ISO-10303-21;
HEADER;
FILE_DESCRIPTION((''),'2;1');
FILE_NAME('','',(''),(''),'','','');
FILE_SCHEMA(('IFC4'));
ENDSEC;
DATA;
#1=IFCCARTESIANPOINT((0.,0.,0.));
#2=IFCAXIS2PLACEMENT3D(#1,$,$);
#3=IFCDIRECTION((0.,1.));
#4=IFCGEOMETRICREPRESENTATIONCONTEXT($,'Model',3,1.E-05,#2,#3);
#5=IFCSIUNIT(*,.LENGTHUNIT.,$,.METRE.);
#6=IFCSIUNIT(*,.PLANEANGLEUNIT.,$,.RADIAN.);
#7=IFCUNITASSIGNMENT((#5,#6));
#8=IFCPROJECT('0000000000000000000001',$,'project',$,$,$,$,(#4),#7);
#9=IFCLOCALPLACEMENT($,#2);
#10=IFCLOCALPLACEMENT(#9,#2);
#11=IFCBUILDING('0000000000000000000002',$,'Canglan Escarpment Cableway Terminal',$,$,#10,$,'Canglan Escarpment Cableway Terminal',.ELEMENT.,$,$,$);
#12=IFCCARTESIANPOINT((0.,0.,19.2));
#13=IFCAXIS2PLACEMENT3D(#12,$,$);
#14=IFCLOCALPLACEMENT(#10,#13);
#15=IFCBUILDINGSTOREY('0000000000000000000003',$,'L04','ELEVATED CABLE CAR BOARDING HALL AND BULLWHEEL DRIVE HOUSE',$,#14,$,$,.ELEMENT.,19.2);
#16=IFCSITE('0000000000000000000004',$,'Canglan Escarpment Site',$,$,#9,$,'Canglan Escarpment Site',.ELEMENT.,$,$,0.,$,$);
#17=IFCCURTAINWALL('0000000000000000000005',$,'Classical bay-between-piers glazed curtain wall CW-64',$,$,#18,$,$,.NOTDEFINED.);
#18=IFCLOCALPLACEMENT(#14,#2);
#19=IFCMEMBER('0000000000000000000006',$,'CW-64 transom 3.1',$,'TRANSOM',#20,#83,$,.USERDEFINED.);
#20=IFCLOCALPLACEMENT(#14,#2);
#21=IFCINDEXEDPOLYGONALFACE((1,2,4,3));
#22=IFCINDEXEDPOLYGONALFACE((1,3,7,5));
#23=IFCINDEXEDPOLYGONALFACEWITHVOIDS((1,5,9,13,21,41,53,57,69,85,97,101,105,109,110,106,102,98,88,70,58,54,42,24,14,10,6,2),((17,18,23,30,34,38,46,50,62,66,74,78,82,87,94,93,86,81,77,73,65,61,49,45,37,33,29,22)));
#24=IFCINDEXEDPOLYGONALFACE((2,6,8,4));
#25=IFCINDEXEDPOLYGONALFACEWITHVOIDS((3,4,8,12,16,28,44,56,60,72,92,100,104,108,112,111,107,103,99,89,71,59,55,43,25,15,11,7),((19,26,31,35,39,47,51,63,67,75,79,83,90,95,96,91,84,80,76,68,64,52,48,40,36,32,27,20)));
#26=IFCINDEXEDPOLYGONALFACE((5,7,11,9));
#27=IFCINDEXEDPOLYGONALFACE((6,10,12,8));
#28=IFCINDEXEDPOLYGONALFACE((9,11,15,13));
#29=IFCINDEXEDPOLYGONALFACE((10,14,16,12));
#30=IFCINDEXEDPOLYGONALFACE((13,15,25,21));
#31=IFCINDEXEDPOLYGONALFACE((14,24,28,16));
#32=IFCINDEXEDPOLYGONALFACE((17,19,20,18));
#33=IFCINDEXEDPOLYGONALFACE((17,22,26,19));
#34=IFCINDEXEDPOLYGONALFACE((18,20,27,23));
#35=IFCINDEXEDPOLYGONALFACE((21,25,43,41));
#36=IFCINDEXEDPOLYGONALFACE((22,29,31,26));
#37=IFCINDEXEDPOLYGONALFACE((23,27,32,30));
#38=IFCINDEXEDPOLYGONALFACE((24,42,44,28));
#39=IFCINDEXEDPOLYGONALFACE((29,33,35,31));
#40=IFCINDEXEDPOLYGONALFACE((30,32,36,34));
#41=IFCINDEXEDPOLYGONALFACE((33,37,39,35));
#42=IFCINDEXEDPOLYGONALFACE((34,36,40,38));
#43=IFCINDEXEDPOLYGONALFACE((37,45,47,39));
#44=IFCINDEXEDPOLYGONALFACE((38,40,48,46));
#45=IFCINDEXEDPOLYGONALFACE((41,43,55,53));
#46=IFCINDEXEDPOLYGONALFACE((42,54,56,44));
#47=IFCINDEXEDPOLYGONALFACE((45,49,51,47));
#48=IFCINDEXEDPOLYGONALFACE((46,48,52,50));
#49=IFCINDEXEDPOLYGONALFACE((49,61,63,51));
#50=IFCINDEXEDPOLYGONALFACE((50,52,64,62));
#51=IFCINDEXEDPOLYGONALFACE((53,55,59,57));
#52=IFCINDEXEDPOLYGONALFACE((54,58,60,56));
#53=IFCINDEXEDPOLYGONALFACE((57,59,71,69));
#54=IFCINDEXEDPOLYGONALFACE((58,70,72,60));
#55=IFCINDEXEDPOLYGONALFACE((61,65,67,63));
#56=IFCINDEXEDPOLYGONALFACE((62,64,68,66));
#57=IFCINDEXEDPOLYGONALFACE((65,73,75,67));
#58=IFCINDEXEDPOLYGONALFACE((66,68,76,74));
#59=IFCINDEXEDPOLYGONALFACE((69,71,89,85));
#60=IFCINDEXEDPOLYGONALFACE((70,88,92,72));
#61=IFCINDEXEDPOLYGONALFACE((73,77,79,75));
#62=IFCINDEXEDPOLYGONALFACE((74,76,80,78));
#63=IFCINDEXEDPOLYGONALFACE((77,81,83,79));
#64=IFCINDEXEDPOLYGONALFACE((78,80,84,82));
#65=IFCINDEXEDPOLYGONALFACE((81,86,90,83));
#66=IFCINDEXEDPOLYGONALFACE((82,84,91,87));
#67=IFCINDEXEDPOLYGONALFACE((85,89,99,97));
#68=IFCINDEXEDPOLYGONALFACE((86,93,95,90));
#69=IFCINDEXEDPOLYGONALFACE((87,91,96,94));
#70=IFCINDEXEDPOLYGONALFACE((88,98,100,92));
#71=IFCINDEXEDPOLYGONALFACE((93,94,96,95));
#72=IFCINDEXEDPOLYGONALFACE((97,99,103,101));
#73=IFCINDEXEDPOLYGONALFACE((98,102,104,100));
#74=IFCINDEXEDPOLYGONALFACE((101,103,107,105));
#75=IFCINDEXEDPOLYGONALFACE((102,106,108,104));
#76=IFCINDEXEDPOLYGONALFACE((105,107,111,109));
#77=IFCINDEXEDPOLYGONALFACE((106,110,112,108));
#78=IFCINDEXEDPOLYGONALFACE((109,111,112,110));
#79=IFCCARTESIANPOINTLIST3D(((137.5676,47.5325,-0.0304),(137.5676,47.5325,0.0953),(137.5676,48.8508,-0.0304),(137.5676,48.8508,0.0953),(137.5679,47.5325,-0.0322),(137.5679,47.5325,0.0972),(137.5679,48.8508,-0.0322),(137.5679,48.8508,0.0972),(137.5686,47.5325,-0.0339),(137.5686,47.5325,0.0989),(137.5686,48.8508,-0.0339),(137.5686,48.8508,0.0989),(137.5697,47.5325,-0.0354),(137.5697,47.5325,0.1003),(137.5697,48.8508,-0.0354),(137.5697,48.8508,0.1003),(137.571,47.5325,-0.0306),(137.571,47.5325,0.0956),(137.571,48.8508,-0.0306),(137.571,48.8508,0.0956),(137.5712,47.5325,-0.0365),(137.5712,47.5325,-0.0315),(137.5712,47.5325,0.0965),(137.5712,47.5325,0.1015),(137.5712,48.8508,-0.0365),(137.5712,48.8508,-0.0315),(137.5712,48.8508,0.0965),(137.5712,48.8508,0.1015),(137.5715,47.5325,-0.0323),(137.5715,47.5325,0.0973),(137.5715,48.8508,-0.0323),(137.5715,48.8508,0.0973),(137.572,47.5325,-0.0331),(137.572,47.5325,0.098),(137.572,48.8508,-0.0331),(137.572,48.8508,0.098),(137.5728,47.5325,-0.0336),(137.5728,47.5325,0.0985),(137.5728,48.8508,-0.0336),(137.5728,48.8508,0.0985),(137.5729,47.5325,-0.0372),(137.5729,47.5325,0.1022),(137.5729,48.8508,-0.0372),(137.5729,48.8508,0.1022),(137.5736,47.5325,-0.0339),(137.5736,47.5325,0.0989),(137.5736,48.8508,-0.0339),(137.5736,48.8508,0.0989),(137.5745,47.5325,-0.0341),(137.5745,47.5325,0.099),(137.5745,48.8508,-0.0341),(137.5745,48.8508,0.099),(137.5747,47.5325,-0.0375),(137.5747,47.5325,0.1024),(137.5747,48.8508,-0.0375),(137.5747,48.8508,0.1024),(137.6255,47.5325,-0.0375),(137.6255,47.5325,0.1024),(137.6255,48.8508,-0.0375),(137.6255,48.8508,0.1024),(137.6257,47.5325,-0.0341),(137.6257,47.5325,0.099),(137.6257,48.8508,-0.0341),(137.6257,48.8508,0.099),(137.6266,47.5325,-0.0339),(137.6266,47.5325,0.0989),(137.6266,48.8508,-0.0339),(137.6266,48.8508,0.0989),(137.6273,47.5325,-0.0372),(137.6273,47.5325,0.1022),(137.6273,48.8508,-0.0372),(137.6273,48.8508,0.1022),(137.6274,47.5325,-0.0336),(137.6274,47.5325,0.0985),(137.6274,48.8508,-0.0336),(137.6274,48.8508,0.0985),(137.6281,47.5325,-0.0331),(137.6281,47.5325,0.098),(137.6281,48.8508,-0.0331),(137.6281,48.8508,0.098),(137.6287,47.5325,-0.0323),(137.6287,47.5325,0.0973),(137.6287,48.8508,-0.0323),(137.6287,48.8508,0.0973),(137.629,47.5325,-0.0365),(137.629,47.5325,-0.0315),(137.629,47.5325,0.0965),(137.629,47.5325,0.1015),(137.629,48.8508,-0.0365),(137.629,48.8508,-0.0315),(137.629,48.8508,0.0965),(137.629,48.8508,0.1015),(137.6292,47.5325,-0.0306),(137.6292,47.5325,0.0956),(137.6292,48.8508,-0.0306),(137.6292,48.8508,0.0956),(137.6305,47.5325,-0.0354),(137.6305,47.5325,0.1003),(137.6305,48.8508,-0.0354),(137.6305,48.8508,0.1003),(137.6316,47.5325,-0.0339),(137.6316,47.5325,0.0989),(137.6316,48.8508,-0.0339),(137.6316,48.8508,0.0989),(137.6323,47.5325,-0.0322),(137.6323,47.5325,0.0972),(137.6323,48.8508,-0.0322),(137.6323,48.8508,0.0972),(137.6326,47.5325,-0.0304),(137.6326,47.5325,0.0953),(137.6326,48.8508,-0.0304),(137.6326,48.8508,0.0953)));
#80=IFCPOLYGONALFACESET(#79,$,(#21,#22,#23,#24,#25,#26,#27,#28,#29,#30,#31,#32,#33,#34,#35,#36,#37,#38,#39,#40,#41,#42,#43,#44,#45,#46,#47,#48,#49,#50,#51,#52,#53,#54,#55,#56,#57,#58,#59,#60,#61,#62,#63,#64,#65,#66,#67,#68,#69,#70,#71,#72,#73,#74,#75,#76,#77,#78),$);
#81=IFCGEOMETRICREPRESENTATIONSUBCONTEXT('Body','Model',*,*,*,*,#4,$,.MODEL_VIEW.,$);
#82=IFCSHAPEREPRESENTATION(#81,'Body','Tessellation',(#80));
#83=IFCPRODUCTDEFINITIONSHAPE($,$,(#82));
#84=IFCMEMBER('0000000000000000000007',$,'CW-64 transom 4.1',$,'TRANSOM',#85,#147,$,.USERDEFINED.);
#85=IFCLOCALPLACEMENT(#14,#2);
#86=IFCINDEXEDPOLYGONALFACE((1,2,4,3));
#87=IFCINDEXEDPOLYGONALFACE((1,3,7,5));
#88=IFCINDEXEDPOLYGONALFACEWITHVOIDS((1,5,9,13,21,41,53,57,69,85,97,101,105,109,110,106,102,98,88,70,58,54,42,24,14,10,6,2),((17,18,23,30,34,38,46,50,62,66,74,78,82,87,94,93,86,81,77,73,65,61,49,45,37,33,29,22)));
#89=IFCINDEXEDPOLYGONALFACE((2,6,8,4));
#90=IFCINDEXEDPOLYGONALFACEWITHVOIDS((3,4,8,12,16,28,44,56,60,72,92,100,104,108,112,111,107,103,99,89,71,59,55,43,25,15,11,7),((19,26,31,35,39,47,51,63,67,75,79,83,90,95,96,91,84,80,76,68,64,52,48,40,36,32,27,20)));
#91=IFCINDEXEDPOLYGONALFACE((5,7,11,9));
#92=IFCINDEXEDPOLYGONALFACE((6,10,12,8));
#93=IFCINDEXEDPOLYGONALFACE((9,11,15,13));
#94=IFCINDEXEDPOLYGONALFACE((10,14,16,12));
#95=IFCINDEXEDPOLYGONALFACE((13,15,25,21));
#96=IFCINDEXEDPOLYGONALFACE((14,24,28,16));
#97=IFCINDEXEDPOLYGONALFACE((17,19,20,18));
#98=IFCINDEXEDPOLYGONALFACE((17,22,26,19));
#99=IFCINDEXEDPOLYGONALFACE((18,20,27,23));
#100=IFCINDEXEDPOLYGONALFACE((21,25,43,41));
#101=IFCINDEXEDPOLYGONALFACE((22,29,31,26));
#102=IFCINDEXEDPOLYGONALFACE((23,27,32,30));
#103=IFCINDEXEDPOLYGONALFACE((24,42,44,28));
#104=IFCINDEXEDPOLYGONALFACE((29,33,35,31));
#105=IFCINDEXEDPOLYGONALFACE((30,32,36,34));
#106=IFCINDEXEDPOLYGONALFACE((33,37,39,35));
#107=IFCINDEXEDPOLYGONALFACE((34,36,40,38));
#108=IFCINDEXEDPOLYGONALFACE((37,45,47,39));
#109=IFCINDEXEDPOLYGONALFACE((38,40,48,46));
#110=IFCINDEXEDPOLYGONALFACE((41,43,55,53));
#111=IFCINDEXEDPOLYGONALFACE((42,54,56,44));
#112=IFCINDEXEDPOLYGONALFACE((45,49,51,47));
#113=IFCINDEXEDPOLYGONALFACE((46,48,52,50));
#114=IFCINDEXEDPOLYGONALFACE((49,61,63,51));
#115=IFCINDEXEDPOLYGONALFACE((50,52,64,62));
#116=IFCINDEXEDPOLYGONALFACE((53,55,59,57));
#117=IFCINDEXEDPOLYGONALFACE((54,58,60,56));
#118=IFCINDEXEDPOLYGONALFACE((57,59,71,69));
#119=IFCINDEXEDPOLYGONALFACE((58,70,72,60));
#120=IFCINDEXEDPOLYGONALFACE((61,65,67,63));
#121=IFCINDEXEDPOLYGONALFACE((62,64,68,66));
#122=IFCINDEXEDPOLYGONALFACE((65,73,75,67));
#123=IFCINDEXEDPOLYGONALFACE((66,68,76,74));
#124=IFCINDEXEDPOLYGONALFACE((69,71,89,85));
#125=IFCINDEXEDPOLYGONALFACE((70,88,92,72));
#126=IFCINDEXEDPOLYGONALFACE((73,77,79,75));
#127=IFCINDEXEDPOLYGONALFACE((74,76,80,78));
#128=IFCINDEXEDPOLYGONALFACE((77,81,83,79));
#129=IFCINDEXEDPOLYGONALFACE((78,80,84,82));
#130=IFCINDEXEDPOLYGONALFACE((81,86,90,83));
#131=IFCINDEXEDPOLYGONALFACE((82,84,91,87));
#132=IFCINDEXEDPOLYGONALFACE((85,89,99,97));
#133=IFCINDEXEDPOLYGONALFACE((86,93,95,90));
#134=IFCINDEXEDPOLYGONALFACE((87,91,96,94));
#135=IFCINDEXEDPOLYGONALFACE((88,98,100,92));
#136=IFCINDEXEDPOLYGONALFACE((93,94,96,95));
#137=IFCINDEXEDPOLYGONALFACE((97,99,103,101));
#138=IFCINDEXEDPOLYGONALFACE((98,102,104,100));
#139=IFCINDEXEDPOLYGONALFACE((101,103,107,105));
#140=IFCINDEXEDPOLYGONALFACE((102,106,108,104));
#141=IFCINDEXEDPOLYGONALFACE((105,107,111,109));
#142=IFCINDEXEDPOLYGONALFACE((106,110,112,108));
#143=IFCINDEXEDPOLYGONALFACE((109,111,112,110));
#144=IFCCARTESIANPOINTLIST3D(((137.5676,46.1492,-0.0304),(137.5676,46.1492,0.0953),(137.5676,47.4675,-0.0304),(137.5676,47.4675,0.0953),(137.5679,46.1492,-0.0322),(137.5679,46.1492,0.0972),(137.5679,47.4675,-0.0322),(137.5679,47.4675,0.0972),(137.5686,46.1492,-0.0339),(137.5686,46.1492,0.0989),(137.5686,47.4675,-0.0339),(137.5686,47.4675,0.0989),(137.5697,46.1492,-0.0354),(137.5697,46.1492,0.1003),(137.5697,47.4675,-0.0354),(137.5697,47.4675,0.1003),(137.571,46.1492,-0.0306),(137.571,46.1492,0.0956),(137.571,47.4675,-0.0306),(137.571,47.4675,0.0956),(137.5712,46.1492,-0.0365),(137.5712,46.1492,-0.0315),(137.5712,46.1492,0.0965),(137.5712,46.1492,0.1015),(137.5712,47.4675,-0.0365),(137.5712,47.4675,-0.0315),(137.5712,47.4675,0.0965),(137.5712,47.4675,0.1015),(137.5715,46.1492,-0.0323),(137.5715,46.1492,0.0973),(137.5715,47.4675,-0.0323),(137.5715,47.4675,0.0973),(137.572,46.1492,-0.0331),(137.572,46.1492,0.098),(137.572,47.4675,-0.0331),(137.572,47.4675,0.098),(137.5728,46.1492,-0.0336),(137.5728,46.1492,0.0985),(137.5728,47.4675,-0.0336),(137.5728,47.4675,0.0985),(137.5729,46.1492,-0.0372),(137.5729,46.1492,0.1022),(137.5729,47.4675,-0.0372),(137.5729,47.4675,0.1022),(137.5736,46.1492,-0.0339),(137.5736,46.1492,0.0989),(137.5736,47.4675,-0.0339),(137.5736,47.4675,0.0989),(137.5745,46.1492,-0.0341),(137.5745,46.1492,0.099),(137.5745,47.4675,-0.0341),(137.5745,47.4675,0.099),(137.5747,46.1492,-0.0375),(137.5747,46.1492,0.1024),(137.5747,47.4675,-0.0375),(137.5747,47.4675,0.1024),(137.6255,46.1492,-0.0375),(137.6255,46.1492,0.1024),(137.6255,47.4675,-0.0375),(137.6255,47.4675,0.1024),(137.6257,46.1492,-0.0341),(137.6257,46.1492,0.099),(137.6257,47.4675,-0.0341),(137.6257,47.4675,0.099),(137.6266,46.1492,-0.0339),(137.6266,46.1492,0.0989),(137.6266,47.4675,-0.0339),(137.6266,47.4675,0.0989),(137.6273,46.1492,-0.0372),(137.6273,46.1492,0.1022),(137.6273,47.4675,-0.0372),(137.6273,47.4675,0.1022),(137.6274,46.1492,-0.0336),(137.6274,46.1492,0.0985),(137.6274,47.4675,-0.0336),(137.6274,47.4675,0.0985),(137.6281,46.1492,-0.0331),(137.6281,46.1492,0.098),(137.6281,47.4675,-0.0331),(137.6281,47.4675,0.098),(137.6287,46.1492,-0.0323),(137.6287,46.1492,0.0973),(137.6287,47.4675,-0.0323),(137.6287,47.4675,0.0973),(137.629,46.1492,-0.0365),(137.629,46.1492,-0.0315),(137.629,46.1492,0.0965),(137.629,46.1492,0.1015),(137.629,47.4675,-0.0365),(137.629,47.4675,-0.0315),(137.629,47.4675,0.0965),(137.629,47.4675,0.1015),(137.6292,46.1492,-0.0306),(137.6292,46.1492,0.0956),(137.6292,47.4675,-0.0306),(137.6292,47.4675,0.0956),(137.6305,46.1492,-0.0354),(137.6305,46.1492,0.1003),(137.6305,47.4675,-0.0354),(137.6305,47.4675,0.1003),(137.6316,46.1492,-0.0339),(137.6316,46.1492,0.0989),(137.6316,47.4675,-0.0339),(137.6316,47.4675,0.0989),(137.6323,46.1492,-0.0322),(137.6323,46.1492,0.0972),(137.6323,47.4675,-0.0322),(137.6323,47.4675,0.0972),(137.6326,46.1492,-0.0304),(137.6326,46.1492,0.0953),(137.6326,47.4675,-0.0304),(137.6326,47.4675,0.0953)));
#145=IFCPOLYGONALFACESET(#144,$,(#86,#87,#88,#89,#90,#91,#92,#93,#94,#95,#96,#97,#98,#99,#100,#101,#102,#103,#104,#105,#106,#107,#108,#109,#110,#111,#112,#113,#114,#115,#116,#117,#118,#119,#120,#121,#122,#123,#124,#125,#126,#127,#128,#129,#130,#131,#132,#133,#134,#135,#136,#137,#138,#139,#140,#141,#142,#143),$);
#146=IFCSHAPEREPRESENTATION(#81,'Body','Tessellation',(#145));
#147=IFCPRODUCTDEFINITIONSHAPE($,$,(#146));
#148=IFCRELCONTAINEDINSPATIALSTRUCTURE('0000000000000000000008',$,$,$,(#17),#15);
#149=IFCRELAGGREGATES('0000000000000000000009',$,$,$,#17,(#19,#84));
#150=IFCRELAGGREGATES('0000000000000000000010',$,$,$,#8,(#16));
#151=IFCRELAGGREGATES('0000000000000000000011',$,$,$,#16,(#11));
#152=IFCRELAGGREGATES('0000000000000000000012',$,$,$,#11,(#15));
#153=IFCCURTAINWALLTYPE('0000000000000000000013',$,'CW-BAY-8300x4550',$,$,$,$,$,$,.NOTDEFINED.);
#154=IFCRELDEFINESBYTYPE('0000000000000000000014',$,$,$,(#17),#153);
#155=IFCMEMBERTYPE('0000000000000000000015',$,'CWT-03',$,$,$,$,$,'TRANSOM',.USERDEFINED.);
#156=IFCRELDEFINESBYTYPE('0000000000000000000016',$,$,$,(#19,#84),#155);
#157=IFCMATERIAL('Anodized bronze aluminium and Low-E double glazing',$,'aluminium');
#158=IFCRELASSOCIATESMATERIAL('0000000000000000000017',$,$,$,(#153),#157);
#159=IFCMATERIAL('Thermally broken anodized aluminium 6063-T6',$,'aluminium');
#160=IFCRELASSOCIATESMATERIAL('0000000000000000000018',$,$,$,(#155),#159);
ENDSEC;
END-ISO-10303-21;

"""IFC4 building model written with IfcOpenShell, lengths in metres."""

from ifc_helpers import new_model, si_unit, direction, frame, origin, origin_2d, place, context, subcontext, project, spatial, hollow_rectangle, extrude, material, material_profile, profile_set, type_object, element, aggregate, save


model = new_model("IFC4")

# Units and contexts
model_context = context("Model", 3, precision=1e-05, world=origin(), true_north=direction((0.0, 1.0)))
body_context = subcontext(model_context, "Body", "Model", "MODEL_VIEW")
ifc_project = project(units=[si_unit("LENGTHUNIT", "METRE"), si_unit("PLANEANGLEUNIT", "RADIAN")], contexts=[model_context])

# Site, building, storey
site_placement = place(None, origin())
site = spatial("IfcSite", under=ifc_project, at=site_placement, Name="Canglan Escarpment Site", LongName="Canglan Escarpment Site", CompositionType="ELEMENT", RefElevation=0.0)
building_placement = place(site_placement, origin())
building = spatial("IfcBuilding", under=site, at=building_placement, Name="Canglan Escarpment Cableway Terminal", LongName="Canglan Escarpment Cableway Terminal", CompositionType="ELEMENT")
storey_placement = place(building_placement, frame((0.0, 0.0, 19.2)))
storey = spatial("IfcBuildingStorey", under=building, at=storey_placement, Name="L04", Description="ELEVATED CABLE CAR BOARDING HALL AND BULLWHEEL DRIVE HOUSE", CompositionType="ELEMENT", Elevation=19.2)

# Curtain wall, members
ifc_material_1 = material(Name="Anodized bronze aluminium and Low-E double glazing", Category="aluminium")
curtain_wall_type = type_object("IfcCurtainWallType", Name="CW-BAY-8300x4550", PredefinedType="NOTDEFINED", material=ifc_material_1)
curtain_wall_placement = place(storey_placement, origin())
curtain_wall = element("IfcCurtainWall", 1, at=curtain_wall_placement, inside=storey, type_object=curtain_wall_type, Name="Classical bay-between-piers glazed curtain wall CW-64", PredefinedType="NOTDEFINED")
ifc_material_2 = material(Name="Thermally broken anodized aluminium 6063-T6", Category="aluminium")
ifc_material_profile_1 = material_profile(ifc_material_2, hollow_rectangle(XDim=0.0649, YDim=0.1399, WallThickness=0.0034, InnerFilletRadius=0.0034, OuterFilletRadius=0.0071, at=origin_2d()), Name="ALU-TRAN 65x140x3.5")
ifc_profile_set_1 = profile_set([ifc_material_profile_1], Name="Thermally broken anodized aluminium 6063-T6")
member_type_1 = type_object("IfcMemberType", Name="CWT-03", ElementType="TRANSOM", PredefinedType="USERDEFINED", material=ifc_profile_set_1)
member_1_placement = place(storey_placement, frame((137.6001, 48.8508, 0.0325), z_axis=(0.0, -1.0, 0.0), x_axis=(1.0, 0.0, 0.0)))
member_1 = element("IfcMember", 2, at=member_1_placement, type_object=member_type_1, Name="CW-64 transom 3.1", ObjectType="TRANSOM", PredefinedType="USERDEFINED", context=body_context, shape_type="SweptSolid", body=[
    extrude(hollow_rectangle(XDim=0.0649, YDim=0.1399, WallThickness=0.0034, InnerFilletRadius=0.0034, OuterFilletRadius=0.0071, at=origin_2d()), origin(), (0.0, 0.0, 1.0), 1.3184),
])
member_2_placement = place(storey_placement, frame((137.6001, 47.4675, 0.0325), z_axis=(0.0, -1.0, 0.0), x_axis=(1.0, 0.0, 0.0)))
member_2 = element("IfcMember", 3, at=member_2_placement, type_object=member_type_1, Name="CW-64 transom 4.1", ObjectType="TRANSOM", PredefinedType="USERDEFINED", context=body_context, shape_type="SweptSolid", body=[
    extrude(hollow_rectangle(XDim=0.0649, YDim=0.1399, WallThickness=0.0034, InnerFilletRadius=0.0034, OuterFilletRadius=0.0071, at=origin_2d()), origin(), (0.0, 0.0, 1.0), 1.3184),
])
aggregate(curtain_wall, [member_1, member_2])

save(model, "model.ifc")
